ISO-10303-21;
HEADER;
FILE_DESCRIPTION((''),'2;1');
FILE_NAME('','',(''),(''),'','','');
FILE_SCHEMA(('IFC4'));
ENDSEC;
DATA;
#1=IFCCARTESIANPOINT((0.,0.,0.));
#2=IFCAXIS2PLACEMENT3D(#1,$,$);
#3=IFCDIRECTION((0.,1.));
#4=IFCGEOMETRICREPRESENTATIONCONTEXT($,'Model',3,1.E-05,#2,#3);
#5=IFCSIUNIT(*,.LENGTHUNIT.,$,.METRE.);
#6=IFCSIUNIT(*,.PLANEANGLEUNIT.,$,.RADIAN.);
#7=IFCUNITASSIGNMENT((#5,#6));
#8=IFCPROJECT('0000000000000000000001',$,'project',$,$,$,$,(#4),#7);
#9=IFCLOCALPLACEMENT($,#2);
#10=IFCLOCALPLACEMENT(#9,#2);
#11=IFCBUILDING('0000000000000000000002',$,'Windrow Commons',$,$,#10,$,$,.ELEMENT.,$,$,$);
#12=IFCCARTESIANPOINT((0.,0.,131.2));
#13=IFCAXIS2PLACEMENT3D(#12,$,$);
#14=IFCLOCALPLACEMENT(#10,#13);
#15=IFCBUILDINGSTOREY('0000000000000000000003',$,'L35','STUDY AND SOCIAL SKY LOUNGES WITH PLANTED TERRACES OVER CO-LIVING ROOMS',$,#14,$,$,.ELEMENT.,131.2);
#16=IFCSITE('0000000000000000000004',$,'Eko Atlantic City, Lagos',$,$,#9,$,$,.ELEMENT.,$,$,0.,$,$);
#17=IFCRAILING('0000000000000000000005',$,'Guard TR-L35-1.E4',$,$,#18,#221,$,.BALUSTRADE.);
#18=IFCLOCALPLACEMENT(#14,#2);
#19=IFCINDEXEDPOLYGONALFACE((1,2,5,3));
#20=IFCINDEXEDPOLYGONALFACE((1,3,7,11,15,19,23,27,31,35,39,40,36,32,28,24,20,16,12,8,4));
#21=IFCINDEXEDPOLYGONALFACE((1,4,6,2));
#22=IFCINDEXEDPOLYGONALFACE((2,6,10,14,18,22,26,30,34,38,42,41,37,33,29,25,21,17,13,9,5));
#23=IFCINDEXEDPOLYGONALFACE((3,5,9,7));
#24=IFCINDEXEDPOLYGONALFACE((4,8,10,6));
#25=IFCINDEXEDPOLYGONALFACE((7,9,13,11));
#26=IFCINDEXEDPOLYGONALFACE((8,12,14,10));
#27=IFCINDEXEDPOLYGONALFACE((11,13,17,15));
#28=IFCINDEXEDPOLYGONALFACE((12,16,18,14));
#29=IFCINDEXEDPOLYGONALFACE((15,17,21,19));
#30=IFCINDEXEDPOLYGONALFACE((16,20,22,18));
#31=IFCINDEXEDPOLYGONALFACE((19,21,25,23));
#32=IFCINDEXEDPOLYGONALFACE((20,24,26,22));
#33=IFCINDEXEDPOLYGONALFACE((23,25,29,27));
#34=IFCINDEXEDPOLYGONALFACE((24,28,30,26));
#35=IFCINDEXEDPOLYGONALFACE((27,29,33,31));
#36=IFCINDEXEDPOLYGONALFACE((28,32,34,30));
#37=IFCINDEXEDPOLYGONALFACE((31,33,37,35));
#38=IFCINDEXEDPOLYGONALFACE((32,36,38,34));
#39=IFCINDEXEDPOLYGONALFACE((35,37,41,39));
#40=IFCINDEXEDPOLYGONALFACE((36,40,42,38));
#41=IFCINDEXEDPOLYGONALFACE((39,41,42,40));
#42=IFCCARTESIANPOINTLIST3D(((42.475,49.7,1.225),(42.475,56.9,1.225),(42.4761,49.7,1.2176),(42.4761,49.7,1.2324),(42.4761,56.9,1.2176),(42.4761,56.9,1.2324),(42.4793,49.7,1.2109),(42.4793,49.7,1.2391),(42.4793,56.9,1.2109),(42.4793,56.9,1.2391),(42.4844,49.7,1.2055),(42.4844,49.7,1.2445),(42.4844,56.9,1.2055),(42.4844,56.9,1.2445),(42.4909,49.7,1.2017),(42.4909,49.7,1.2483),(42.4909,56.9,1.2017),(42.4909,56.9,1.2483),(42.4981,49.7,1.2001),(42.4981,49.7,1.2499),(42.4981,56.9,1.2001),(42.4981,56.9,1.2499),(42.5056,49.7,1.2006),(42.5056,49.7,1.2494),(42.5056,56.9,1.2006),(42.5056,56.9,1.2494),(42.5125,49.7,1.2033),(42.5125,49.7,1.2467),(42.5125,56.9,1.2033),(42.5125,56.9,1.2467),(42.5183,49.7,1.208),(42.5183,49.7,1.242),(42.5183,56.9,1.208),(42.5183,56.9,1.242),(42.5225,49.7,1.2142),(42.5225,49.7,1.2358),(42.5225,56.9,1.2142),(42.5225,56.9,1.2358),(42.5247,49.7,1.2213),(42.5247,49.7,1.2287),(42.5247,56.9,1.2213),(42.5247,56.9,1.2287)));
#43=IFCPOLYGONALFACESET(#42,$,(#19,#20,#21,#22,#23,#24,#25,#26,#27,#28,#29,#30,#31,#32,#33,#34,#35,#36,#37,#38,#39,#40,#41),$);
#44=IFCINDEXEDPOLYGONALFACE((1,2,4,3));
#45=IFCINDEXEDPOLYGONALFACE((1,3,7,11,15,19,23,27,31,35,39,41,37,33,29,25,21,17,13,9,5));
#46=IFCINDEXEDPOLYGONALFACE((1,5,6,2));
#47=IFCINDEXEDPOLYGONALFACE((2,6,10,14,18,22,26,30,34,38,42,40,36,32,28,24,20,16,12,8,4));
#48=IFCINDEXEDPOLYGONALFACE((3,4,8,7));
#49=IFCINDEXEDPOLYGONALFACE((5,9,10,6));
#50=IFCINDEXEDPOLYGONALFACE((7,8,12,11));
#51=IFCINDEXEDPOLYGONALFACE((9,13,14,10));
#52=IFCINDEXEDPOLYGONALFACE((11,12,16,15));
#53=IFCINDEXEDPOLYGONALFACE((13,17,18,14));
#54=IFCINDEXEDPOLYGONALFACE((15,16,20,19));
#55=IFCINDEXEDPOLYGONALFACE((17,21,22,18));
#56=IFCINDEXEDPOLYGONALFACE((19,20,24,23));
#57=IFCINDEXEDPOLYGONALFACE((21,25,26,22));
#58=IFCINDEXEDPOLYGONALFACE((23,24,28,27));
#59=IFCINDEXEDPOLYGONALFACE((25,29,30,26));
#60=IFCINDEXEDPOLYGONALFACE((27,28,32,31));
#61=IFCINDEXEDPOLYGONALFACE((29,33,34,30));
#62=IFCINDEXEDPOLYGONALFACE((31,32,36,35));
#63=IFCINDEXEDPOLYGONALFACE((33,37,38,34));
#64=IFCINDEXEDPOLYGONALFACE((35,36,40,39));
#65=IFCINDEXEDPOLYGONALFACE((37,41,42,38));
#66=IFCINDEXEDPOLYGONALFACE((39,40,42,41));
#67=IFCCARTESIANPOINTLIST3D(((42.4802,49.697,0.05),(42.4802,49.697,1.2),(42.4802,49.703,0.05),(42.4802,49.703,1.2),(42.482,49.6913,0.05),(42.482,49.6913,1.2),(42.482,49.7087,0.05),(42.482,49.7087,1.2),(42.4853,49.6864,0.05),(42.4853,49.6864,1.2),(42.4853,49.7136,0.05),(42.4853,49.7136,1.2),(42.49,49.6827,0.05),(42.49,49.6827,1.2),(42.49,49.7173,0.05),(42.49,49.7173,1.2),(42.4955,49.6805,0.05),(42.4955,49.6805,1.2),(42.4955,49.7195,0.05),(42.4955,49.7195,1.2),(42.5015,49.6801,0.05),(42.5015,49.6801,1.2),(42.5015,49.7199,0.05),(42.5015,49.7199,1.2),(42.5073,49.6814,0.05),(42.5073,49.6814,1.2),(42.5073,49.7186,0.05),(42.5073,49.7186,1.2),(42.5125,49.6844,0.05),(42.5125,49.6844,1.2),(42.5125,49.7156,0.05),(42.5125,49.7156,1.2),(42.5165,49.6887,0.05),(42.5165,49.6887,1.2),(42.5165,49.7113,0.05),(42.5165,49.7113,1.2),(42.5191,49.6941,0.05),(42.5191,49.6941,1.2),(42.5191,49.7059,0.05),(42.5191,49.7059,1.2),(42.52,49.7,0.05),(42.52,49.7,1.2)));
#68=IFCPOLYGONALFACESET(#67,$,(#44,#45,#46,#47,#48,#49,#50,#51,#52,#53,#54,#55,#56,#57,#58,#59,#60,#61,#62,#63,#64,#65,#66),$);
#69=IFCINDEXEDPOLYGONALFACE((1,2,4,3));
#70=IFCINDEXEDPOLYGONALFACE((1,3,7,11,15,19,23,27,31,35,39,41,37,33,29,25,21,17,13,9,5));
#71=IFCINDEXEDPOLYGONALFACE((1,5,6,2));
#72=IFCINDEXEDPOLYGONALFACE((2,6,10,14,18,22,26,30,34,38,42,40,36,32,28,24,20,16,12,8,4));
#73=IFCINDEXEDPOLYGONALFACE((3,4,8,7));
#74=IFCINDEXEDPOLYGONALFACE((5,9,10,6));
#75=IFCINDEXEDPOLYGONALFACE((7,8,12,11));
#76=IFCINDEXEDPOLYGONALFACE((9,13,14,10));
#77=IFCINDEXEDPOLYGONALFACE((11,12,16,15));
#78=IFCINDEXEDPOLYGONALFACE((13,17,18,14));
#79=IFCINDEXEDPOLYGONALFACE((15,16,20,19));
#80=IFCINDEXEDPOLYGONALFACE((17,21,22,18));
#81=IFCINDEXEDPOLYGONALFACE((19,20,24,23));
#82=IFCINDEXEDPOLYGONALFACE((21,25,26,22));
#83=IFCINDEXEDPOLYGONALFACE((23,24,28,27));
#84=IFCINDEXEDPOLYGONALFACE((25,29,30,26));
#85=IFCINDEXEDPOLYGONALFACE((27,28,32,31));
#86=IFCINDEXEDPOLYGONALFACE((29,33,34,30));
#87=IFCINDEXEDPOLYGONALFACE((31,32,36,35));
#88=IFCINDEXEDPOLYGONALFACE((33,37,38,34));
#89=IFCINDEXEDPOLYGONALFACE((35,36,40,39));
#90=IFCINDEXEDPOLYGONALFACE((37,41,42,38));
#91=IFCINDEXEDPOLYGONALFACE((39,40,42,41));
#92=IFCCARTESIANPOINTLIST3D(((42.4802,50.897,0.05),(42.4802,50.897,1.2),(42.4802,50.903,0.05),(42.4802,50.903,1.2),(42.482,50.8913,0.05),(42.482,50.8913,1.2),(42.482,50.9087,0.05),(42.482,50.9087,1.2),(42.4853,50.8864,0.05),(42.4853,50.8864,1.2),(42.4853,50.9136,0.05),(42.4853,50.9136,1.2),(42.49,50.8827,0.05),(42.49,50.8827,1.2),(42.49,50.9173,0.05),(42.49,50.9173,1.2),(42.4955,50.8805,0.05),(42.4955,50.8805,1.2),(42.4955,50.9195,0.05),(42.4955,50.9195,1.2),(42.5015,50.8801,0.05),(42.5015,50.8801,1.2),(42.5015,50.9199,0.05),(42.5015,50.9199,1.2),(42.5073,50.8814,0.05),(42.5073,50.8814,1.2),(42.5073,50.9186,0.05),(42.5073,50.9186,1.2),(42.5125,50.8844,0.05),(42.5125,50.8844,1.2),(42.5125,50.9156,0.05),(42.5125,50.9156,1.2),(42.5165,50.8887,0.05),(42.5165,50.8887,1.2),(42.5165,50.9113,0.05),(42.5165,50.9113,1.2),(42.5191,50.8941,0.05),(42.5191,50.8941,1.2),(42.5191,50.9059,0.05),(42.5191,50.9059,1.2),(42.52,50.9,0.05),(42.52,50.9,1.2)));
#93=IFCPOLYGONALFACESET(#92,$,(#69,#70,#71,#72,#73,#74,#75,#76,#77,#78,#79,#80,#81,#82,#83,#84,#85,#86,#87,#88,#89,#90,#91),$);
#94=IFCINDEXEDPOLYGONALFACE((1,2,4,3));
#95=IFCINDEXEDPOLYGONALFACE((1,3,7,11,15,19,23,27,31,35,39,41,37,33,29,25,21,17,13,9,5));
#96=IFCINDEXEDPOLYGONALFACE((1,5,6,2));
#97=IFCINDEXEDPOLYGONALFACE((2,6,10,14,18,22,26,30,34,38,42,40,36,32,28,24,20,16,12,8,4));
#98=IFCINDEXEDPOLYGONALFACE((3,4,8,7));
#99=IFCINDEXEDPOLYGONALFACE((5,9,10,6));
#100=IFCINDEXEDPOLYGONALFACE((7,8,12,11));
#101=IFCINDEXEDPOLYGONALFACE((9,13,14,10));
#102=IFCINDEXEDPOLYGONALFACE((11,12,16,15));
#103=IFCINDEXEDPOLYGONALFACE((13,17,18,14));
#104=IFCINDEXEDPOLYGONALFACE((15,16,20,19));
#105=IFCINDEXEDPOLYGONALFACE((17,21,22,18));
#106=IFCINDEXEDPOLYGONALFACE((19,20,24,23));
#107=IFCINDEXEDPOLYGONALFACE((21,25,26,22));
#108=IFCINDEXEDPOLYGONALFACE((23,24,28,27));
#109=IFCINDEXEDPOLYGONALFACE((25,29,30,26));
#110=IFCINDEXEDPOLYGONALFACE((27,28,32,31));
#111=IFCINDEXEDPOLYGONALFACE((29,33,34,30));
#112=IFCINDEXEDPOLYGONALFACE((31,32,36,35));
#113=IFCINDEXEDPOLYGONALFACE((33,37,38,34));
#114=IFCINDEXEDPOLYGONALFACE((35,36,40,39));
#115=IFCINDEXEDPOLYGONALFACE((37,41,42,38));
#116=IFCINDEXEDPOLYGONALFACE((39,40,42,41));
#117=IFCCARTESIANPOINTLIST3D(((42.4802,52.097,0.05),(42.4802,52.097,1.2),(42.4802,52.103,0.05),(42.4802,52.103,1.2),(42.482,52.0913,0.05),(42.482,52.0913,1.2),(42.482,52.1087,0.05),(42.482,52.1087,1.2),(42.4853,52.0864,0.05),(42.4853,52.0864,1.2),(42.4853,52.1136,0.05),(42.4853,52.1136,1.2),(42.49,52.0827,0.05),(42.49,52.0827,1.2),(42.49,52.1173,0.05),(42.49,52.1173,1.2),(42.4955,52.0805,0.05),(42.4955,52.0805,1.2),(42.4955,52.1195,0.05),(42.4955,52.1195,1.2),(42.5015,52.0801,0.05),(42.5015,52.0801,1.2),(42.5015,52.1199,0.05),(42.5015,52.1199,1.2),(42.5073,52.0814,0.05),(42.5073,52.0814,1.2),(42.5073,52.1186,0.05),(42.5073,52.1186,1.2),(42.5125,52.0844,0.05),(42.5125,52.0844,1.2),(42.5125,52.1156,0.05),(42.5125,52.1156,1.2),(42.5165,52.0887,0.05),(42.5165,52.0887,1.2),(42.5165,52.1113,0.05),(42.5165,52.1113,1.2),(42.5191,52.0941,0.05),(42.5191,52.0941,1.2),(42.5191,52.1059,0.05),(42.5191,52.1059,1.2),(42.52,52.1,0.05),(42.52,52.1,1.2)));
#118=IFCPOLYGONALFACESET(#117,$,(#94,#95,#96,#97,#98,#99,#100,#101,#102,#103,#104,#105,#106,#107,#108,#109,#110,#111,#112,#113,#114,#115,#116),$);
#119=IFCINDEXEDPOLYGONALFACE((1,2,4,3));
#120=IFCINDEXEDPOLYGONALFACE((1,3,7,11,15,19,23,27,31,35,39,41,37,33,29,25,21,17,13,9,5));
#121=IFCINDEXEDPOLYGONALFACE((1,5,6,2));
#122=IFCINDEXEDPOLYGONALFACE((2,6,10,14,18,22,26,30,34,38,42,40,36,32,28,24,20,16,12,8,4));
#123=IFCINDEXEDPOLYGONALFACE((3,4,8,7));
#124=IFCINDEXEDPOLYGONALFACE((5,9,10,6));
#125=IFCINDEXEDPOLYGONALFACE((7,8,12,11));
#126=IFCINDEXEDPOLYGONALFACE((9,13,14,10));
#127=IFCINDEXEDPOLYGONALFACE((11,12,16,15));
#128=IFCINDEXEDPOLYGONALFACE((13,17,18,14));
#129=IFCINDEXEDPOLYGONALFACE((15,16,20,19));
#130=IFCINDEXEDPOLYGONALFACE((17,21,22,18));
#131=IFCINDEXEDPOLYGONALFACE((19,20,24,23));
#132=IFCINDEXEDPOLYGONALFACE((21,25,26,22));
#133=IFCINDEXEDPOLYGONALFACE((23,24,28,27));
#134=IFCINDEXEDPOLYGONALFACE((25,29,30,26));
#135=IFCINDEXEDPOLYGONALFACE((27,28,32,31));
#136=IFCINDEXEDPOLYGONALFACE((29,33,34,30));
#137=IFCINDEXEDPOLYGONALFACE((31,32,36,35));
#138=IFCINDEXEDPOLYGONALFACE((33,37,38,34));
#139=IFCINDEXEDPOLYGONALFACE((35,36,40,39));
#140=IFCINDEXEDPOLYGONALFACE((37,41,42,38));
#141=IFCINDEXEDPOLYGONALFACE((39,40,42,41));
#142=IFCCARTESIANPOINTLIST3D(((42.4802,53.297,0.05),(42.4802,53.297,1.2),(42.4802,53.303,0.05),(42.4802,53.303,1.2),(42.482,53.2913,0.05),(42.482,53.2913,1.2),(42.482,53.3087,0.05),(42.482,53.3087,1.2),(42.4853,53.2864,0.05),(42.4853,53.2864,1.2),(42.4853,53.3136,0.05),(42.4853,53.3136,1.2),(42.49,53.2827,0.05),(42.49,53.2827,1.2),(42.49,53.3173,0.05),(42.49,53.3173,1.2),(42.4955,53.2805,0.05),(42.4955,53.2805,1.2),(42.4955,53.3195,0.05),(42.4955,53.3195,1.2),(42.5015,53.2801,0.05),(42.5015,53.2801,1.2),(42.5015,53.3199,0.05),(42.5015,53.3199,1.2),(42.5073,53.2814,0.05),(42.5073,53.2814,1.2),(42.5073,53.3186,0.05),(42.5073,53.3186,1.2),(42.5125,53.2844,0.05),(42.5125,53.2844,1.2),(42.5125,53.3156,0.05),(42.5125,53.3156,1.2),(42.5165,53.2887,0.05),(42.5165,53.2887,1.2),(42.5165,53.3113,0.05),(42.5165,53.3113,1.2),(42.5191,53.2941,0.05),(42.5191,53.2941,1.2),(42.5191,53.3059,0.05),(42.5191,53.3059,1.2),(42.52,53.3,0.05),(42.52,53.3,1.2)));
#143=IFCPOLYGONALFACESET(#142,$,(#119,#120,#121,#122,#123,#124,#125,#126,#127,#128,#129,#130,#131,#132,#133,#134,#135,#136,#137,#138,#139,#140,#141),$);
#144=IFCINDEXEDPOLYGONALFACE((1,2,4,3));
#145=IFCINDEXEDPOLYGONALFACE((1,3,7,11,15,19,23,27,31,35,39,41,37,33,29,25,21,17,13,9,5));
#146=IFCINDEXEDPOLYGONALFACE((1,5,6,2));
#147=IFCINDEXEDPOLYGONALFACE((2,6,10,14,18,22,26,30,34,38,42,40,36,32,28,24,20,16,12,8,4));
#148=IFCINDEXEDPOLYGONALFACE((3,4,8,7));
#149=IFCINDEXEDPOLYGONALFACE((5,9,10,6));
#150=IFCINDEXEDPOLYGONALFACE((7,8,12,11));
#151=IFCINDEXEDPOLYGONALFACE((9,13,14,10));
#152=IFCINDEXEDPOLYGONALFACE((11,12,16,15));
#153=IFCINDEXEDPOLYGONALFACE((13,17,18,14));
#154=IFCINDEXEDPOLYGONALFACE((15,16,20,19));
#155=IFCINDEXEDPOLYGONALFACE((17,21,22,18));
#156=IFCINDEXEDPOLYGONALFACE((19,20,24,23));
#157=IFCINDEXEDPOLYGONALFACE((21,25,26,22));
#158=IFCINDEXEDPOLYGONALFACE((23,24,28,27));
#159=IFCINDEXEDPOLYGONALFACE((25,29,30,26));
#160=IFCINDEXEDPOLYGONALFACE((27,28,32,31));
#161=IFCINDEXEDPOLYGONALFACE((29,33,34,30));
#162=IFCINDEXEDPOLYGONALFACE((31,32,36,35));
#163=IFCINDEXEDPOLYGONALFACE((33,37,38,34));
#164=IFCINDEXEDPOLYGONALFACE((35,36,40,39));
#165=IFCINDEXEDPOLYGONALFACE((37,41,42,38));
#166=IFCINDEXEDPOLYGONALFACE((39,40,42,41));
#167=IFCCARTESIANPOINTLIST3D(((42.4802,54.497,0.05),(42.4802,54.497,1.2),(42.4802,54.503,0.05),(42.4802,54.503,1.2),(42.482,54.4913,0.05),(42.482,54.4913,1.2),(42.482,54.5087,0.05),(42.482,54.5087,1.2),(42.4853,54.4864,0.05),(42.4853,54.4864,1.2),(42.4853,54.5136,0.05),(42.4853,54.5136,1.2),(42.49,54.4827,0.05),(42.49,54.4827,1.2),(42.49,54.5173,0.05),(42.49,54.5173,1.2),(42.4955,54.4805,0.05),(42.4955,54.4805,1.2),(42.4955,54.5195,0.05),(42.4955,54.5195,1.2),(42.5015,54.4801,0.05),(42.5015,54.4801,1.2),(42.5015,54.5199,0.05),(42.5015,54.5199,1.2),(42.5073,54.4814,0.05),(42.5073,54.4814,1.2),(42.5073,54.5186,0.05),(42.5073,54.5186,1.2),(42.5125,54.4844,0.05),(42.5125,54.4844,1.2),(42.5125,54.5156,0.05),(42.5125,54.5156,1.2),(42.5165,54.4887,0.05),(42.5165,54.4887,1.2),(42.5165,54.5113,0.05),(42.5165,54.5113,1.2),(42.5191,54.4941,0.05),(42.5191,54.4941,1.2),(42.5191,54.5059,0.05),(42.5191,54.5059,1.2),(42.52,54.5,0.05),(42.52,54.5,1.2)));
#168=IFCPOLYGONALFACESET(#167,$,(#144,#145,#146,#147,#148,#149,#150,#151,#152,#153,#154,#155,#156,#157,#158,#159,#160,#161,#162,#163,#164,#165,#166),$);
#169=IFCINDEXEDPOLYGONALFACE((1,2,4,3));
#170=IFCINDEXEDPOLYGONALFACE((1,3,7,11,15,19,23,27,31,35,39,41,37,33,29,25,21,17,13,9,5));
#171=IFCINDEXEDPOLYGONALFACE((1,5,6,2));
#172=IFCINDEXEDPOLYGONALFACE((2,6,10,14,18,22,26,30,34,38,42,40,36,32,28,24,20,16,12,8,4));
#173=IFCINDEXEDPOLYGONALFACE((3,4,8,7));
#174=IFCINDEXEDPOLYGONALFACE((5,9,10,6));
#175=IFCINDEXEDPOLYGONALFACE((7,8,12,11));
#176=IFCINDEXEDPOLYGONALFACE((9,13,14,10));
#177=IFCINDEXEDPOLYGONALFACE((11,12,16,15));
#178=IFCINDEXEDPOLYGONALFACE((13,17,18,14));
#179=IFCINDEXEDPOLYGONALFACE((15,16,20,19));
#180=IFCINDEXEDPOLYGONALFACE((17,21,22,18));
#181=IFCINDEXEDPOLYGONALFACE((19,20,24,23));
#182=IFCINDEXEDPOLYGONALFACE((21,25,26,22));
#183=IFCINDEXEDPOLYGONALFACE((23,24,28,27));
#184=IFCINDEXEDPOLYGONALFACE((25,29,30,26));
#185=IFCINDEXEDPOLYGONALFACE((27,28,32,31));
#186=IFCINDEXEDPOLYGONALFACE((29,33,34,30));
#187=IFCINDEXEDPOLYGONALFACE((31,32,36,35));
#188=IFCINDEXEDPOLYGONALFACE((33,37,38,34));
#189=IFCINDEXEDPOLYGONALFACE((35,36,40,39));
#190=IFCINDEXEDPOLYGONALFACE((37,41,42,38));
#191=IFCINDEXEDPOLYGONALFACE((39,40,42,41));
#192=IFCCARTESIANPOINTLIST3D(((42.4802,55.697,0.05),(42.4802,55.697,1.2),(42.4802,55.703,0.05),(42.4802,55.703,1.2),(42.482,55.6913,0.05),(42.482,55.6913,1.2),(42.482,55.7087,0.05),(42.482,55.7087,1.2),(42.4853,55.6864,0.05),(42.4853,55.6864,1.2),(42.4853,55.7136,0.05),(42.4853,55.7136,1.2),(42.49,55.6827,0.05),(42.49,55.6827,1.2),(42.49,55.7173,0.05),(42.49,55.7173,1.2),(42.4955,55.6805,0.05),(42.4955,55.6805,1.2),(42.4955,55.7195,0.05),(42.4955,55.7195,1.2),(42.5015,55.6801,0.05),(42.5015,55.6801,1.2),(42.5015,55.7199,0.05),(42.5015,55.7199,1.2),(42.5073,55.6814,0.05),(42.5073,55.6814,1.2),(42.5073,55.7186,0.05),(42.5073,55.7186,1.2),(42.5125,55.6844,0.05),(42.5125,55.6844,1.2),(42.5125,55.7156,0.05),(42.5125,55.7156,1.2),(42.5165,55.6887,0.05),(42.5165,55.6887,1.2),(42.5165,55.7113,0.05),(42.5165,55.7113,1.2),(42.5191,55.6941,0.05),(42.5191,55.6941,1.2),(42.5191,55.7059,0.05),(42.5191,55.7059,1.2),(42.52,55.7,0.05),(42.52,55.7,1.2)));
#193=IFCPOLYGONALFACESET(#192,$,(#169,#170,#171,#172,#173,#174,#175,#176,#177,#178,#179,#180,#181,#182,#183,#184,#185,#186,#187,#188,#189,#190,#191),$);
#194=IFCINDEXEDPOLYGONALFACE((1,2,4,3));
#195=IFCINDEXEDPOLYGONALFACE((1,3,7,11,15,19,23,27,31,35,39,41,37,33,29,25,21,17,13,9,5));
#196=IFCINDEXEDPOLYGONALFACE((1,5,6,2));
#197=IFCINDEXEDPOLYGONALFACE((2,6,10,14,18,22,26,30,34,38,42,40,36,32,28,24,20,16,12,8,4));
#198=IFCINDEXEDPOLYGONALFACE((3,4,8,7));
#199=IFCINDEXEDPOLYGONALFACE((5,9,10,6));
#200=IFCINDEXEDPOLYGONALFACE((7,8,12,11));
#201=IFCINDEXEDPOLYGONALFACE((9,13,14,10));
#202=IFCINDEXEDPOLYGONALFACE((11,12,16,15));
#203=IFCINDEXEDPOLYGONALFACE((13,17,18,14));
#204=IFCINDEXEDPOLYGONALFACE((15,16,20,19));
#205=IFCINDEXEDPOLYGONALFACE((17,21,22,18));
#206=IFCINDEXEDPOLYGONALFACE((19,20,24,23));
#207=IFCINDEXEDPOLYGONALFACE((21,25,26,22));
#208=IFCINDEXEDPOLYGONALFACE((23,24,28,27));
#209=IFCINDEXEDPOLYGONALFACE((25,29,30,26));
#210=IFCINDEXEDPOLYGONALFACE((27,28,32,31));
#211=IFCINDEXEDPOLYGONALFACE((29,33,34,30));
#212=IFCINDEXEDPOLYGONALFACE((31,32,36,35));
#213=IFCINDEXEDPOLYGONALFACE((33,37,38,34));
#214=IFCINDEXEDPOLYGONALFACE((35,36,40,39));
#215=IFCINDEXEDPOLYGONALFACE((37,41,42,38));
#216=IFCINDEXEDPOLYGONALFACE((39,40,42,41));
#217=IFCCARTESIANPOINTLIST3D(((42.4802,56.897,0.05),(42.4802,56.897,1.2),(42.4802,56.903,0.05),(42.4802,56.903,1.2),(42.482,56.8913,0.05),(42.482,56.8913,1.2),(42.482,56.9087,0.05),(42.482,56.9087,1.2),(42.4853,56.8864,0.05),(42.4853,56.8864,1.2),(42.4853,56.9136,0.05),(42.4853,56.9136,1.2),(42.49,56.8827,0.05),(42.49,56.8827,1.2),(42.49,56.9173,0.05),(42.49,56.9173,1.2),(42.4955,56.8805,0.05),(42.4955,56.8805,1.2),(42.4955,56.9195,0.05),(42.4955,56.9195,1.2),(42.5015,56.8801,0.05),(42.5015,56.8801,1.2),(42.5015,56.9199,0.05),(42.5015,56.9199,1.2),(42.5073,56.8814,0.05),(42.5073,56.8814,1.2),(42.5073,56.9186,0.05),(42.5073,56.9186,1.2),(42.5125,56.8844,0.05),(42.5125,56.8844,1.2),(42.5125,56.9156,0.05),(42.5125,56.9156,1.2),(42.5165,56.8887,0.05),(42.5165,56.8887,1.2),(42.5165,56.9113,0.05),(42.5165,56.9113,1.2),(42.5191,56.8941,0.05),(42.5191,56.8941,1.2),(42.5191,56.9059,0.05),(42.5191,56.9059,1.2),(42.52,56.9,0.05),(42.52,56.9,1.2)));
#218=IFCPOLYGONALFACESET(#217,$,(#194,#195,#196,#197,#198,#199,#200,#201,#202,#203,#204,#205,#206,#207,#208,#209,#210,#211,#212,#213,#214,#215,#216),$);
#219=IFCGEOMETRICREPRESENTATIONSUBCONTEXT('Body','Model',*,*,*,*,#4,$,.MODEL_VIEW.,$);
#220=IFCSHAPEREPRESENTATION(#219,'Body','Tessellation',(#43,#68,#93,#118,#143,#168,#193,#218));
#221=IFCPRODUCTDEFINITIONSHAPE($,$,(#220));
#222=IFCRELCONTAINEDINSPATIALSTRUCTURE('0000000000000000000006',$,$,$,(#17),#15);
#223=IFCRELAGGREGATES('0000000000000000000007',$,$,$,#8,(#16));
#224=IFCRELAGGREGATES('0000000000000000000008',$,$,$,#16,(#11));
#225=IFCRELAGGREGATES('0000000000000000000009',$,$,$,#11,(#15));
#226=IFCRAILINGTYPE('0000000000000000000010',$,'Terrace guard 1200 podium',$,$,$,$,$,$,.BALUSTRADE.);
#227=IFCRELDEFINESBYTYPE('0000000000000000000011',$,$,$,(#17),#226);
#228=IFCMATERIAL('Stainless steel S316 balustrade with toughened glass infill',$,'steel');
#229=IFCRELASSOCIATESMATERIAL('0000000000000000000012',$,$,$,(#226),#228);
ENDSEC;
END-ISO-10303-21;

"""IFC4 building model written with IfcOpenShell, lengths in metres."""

from ifc_helpers import new_model, si_unit, direction, frame, origin, origin_2d, place, context, subcontext, project, spatial, circle, extrude, material, type_object, element, save


model = new_model("IFC4")

# Units and contexts
model_context = context("Model", 3, precision=1e-05, world=origin(), true_north=direction((0.0, 1.0)))
body_context = subcontext(model_context, "Body", "Model", "MODEL_VIEW")
ifc_project = project(units=[si_unit("LENGTHUNIT", "METRE"), si_unit("PLANEANGLEUNIT", "RADIAN")], contexts=[model_context])

# Site, building, storey
site_placement = place(None, origin())
site = spatial("IfcSite", under=ifc_project, at=site_placement, Name="Eko Atlantic City, Lagos", CompositionType="ELEMENT", RefElevation=0.0)
building_placement = place(site_placement, origin())
building = spatial("IfcBuilding", under=site, at=building_placement, Name="Windrow Commons", CompositionType="ELEMENT")
storey_placement = place(building_placement, frame((0.0, 0.0, 131.2)))
storey = spatial("IfcBuildingStorey", under=building, at=storey_placement, Name="L35", Description="STUDY AND SOCIAL SKY LOUNGES WITH PLANTED TERRACES OVER CO-LIVING ROOMS", CompositionType="ELEMENT", Elevation=131.2)

# Railing
ifc_material_1 = material(Name="Stainless steel S316 balustrade with toughened glass infill", Category="steel")
railing_type = type_object("IfcRailingType", Name="Terrace guard 1200 podium", PredefinedType="BALUSTRADE", material=ifc_material_1)
railing_1_placement = place(storey_placement, frame((42.5, 49.7, 0.05)))
element("IfcRailing", 1, at=railing_1_placement, inside=storey, type_object=railing_type, Name="Guard TR-L35-1.E4", PredefinedType="BALUSTRADE", context=body_context, shape_type="SweptSolid", body=[
    extrude(circle(Radius=0.025, at=origin_2d()), frame((0.0, 0.0, 1.175), z_axis=(0.0, 1.0, 0.0), x_axis=(-1.0, 0.0, 0.0)), (0.0, 0.0, 1.0), 7.2),
    extrude(circle(Radius=0.02, at=origin_2d()), origin(), (0.0, 0.0, 1.0), 1.15),
    extrude(circle(Radius=0.02, at=origin_2d()), frame((0.0, 1.2, 0.0)), (0.0, 0.0, 1.0), 1.15),
    extrude(circle(Radius=0.02, at=origin_2d()), frame((0.0, 2.4, 0.0)), (0.0, 0.0, 1.0), 1.15),
    extrude(circle(Radius=0.02, at=origin_2d()), frame((0.0, 3.6, 0.0)), (0.0, 0.0, 1.0), 1.15),
    extrude(circle(Radius=0.02, at=origin_2d()), frame((0.0, 4.8, 0.0)), (0.0, 0.0, 1.0), 1.15),
    extrude(circle(Radius=0.02, at=origin_2d()), frame((0.0, 6.0, 0.0)), (0.0, 0.0, 1.0), 1.15),
    extrude(circle(Radius=0.02, at=origin_2d()), frame((0.0, 7.2, 0.0)), (0.0, 0.0, 1.0), 1.15),
])

save(model, "model.ifc")
